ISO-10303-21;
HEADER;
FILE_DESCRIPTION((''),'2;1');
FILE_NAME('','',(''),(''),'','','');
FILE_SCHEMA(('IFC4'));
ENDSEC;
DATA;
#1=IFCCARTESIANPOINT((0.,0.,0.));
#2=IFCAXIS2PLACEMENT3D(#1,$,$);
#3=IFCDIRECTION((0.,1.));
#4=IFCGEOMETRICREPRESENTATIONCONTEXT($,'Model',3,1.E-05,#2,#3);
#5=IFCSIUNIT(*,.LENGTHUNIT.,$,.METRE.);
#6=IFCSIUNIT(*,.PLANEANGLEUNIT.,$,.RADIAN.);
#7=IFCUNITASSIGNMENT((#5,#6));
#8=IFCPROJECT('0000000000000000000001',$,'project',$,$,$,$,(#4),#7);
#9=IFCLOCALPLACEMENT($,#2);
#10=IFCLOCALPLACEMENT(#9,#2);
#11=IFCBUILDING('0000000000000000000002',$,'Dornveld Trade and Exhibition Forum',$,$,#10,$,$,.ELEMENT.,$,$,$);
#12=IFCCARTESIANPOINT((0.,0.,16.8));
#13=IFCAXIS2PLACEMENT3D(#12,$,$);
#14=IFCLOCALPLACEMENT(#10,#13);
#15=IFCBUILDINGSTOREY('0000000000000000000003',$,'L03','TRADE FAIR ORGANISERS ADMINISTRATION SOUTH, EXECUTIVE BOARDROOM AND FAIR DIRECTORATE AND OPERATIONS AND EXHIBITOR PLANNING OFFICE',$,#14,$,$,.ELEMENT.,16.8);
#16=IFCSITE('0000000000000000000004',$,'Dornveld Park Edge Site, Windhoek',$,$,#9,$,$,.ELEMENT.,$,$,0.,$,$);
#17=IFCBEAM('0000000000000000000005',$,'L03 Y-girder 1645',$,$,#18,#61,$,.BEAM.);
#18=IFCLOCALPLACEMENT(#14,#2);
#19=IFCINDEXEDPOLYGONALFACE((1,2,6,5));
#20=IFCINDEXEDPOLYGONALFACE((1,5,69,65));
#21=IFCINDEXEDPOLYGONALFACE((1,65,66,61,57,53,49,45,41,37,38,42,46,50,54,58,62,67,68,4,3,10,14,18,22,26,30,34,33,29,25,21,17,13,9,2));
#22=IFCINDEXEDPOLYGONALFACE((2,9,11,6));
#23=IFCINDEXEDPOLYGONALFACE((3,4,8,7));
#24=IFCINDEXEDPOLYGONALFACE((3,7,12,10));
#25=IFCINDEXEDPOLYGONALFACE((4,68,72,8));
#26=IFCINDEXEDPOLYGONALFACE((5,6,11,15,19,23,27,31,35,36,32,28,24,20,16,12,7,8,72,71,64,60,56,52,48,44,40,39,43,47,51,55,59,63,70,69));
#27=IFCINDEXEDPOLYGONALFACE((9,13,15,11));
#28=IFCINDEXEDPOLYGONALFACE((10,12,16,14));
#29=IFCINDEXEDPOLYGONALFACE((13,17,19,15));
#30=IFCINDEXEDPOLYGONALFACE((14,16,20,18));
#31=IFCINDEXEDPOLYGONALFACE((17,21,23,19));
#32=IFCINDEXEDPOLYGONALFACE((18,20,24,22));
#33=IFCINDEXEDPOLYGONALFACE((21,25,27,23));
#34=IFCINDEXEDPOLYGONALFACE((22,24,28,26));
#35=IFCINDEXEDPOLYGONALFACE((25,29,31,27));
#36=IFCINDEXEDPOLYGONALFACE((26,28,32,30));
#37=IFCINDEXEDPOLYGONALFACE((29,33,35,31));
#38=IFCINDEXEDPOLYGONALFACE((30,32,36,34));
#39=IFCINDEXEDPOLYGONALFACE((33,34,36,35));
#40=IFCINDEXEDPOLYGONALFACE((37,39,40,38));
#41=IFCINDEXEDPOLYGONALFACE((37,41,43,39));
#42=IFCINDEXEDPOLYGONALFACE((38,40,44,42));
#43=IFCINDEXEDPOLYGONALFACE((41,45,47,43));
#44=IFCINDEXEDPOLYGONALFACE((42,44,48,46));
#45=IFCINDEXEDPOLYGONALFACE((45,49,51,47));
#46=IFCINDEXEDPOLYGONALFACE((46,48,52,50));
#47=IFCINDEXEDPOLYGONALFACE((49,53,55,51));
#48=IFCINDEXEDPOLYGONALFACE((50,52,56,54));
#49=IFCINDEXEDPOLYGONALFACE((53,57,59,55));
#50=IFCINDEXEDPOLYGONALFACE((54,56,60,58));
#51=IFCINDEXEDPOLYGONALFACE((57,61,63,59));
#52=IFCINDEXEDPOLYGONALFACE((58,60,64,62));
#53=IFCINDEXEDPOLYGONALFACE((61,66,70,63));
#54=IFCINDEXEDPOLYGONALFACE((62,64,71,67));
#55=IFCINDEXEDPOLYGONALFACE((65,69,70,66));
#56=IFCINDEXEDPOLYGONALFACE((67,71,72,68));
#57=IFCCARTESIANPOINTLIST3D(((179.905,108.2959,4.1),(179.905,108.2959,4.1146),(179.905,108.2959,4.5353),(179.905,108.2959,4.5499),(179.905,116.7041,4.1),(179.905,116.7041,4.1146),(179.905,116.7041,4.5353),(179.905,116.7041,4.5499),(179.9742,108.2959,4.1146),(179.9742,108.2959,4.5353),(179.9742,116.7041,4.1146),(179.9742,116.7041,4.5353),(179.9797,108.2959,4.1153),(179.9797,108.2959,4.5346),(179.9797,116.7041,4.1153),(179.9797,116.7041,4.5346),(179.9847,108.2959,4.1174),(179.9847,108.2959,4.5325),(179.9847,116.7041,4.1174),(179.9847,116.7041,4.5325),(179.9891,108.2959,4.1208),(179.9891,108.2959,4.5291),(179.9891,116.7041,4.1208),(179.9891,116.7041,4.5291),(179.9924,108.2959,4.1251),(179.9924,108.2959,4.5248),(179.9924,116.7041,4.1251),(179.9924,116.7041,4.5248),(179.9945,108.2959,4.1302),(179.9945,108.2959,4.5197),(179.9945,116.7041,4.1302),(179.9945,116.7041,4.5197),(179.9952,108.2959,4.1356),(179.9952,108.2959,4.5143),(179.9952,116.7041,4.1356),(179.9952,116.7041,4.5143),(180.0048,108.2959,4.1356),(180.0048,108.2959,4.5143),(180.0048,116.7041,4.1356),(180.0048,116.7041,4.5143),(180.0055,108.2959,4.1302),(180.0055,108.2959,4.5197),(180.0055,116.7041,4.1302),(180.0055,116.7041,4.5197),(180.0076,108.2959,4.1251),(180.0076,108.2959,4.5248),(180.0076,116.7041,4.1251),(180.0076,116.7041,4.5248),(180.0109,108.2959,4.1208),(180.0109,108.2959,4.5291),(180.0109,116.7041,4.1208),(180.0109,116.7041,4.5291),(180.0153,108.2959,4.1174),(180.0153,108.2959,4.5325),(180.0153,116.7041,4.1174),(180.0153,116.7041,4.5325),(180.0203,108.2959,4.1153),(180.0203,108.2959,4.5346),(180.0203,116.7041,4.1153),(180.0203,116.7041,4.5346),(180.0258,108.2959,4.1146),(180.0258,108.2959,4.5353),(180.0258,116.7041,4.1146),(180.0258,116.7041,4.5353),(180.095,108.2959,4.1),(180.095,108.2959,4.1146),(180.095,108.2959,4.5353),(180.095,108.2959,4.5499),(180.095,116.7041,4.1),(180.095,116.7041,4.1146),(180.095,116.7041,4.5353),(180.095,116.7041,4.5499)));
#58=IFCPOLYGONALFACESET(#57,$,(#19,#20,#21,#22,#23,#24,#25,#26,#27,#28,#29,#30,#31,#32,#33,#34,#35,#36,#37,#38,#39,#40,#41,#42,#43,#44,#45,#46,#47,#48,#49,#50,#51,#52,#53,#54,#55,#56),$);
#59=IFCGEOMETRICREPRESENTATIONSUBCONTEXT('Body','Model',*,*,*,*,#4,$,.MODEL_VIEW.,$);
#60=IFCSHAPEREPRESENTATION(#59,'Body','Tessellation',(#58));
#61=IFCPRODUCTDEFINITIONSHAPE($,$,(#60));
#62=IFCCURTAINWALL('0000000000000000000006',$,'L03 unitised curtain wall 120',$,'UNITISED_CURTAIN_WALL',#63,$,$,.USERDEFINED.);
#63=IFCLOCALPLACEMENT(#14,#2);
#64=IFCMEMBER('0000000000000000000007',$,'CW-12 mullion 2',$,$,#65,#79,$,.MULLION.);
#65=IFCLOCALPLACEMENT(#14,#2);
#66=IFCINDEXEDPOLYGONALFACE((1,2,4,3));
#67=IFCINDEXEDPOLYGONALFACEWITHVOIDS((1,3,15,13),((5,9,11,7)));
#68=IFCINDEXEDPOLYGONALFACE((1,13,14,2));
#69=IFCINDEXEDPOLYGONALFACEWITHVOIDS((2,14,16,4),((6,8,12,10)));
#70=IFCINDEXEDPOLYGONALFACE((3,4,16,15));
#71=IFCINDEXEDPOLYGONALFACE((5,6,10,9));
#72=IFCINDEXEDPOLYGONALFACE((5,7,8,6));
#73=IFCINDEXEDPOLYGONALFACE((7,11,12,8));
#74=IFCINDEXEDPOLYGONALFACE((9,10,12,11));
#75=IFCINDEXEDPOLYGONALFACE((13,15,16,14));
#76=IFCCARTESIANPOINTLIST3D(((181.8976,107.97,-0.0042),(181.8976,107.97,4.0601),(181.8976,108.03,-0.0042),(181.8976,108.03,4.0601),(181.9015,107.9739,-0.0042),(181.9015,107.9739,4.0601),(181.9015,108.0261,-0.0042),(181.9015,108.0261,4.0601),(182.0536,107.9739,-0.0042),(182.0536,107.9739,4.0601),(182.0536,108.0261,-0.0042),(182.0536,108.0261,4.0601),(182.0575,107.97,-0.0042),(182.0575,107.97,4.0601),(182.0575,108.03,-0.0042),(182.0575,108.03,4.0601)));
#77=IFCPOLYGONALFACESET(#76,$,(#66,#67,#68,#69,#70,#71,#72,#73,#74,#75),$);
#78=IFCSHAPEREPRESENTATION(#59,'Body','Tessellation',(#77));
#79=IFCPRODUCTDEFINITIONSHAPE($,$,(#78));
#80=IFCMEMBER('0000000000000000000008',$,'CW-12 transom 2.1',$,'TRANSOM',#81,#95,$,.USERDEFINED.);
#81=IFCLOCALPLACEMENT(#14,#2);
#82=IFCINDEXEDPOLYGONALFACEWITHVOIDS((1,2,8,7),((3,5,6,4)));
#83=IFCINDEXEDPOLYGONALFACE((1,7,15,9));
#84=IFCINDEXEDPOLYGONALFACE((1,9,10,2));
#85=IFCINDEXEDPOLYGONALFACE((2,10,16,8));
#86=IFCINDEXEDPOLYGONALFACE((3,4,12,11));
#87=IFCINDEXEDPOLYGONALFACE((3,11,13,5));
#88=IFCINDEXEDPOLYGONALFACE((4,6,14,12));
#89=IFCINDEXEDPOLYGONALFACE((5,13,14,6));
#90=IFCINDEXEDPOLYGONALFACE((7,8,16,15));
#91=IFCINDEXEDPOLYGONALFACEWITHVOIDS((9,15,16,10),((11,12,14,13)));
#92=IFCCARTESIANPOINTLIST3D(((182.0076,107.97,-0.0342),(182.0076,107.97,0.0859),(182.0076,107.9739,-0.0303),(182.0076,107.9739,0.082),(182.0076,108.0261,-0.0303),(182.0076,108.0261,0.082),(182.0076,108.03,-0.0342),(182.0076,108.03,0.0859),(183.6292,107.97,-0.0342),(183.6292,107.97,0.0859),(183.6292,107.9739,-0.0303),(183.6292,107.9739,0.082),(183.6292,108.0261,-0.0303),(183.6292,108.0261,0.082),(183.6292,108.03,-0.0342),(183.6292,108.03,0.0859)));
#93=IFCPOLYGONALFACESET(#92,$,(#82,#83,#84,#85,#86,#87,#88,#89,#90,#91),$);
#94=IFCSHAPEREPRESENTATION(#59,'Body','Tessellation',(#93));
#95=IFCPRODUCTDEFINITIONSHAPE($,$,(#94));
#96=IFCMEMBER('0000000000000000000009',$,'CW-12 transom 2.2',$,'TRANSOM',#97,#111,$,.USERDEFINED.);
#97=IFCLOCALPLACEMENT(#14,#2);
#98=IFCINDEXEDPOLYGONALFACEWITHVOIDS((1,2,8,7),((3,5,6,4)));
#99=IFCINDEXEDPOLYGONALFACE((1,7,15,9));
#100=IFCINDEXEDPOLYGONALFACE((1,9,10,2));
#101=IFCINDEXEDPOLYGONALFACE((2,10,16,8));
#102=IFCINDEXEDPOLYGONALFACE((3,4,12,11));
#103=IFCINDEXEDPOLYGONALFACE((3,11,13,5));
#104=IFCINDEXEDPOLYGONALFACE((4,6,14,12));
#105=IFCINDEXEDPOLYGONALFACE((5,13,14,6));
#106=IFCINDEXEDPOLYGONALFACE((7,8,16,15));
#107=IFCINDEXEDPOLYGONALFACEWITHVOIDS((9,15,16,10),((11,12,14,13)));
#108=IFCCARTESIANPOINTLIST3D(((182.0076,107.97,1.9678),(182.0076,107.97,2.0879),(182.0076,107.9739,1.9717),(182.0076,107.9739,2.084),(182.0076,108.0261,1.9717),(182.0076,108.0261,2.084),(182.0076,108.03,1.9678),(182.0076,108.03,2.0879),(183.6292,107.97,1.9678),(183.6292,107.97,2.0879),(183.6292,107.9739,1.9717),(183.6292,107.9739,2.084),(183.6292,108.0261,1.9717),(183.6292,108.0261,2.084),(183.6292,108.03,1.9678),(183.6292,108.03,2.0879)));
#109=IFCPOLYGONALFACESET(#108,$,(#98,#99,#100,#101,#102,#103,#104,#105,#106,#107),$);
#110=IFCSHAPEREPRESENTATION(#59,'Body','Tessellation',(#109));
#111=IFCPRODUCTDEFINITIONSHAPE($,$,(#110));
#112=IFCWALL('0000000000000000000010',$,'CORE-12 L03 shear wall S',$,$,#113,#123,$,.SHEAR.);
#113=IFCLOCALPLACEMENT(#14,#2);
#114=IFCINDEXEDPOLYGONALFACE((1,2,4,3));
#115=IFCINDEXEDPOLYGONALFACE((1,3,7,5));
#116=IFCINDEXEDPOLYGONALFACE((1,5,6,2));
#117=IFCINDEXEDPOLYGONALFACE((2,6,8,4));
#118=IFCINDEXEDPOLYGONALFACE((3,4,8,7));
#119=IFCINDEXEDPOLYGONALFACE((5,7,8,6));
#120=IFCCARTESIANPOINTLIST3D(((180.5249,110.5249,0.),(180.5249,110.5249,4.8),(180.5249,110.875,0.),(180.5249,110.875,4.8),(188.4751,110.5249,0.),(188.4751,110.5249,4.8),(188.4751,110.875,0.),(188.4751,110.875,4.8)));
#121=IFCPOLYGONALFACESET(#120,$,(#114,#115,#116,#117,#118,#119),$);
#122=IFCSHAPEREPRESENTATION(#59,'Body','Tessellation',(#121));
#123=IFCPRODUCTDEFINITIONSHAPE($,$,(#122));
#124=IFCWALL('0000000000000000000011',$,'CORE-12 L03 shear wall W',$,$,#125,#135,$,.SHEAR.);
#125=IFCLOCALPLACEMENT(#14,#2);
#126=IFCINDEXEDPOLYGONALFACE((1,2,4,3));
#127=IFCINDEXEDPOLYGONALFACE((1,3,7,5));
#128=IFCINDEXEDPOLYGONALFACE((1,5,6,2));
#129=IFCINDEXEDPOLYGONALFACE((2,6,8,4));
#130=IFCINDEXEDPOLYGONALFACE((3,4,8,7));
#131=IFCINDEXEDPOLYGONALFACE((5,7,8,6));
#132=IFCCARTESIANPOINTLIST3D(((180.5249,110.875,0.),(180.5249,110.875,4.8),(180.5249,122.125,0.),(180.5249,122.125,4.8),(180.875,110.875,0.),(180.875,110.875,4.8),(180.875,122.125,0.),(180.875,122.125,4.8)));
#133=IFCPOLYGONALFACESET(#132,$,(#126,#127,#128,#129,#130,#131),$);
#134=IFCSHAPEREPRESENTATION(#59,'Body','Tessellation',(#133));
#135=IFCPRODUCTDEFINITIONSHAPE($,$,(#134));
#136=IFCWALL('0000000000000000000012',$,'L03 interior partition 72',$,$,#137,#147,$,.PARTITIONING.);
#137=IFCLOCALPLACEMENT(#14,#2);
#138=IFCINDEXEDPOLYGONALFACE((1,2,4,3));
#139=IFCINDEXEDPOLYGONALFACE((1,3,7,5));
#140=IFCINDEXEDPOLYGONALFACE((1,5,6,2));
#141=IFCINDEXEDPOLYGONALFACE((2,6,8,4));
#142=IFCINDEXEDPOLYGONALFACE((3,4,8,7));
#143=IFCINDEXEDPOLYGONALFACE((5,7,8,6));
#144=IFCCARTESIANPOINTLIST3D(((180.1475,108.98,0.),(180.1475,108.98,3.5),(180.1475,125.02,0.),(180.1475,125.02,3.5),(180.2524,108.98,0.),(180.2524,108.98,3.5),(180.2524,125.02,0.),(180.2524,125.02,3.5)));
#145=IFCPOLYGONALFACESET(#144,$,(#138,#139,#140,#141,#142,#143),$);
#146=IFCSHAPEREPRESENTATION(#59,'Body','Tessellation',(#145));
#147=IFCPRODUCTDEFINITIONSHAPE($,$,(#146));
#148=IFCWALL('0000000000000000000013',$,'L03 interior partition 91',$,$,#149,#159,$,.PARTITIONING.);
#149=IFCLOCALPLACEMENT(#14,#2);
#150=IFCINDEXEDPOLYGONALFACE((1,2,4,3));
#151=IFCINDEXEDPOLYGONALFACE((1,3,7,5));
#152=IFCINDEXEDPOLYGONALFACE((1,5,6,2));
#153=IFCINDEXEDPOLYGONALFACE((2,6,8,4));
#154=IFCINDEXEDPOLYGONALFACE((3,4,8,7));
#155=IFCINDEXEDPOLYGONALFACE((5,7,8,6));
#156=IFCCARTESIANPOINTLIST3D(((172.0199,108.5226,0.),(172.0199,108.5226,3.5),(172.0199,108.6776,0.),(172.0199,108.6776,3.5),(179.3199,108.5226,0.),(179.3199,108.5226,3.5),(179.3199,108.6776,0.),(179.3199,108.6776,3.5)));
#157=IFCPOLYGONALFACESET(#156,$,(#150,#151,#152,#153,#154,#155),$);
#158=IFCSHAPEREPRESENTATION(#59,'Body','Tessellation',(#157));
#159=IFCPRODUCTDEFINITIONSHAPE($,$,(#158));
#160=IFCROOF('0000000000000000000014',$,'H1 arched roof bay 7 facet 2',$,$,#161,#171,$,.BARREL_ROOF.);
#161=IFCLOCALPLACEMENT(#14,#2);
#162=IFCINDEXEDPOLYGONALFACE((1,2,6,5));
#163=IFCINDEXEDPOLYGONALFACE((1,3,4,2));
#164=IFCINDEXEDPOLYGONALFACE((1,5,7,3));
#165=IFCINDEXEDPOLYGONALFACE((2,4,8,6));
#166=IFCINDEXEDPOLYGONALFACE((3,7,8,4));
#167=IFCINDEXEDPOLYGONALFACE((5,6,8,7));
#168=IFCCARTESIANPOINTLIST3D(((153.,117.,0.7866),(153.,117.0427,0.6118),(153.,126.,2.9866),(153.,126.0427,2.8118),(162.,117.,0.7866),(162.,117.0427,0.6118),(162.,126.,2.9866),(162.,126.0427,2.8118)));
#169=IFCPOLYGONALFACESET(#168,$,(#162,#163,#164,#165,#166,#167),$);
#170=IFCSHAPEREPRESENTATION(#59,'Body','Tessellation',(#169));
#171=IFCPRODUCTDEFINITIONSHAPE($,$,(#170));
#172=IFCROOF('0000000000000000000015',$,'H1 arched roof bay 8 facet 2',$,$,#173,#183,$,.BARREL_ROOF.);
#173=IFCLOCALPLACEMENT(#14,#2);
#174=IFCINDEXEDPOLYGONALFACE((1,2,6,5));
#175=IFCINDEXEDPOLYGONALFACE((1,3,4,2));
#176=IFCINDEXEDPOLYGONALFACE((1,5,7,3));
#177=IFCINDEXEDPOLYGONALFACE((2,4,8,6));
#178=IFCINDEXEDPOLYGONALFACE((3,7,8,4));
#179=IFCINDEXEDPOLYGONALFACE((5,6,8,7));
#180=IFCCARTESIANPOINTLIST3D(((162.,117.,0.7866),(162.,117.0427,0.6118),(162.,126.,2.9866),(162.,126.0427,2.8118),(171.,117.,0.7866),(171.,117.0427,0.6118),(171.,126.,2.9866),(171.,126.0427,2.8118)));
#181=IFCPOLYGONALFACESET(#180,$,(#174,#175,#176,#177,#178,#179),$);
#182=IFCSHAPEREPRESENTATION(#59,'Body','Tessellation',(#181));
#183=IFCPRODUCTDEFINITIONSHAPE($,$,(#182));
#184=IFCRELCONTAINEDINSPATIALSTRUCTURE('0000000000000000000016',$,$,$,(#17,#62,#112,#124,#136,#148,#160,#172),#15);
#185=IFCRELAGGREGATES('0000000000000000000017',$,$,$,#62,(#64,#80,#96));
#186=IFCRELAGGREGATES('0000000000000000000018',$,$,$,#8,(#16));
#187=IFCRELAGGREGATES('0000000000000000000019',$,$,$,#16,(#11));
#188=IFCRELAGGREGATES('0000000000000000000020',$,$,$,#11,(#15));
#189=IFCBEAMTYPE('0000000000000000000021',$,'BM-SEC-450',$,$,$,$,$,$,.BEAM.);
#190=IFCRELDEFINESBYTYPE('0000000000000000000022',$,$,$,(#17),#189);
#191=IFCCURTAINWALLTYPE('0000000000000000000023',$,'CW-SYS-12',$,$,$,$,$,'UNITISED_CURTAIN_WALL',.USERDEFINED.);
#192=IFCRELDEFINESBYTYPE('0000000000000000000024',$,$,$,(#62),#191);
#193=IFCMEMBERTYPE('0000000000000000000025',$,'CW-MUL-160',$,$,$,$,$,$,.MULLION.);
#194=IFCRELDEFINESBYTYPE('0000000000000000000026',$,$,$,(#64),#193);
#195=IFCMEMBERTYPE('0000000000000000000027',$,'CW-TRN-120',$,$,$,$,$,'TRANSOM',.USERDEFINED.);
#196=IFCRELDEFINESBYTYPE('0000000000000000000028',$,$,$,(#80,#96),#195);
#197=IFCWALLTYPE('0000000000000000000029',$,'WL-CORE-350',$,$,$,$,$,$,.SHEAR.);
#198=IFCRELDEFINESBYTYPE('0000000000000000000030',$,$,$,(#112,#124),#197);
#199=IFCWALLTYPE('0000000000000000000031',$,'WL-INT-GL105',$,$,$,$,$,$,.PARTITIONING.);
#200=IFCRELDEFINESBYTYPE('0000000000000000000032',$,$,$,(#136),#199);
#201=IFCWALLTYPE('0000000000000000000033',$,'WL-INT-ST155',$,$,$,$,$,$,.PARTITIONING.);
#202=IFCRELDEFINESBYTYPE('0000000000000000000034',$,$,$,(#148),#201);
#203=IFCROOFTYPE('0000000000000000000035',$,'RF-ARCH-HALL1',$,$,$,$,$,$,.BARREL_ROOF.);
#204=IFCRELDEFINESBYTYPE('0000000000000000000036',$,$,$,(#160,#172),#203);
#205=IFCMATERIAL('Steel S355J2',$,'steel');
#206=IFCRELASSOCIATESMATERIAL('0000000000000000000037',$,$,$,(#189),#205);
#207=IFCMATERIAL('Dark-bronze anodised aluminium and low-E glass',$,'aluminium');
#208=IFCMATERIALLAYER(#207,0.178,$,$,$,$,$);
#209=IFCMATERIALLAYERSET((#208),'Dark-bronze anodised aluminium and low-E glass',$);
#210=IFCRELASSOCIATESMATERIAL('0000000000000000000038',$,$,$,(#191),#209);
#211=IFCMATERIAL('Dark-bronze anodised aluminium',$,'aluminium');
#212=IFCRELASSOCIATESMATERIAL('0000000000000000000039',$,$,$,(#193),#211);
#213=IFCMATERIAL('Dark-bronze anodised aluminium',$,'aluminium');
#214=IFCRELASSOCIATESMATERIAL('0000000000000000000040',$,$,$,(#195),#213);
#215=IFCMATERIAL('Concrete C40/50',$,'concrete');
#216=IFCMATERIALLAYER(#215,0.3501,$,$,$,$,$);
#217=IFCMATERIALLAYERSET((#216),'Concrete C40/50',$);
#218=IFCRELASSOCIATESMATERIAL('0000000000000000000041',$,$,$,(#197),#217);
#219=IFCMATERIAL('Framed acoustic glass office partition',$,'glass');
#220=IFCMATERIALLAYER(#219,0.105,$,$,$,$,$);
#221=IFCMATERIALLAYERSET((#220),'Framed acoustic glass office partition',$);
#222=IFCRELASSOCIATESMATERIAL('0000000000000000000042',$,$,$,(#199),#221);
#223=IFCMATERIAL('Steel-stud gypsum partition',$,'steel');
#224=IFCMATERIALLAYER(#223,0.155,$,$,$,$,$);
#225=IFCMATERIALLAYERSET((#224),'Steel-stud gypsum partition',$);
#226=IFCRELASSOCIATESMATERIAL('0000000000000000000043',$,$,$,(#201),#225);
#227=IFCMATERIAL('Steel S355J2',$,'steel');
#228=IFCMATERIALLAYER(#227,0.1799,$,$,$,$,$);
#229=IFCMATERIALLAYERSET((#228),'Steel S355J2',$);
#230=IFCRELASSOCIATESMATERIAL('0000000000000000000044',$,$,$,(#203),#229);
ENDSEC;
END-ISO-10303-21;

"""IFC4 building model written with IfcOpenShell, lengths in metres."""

from ifc_helpers import new_model, si_unit, direction, frame, frame_2d, origin, origin_2d, place, context, subcontext, project, spatial, polyline, rectangle, hollow_rectangle, i_section, outline, extrude, material, layer, layer_set, material_profile, profile_set, type_object, element, aggregate, save


model = new_model("IFC4")

# Units and contexts
model_context = context("Model", 3, precision=1e-05, world=origin(), true_north=direction((0.0, 1.0)))
body_context = subcontext(model_context, "Body", "Model", "MODEL_VIEW")
ifc_project = project(units=[si_unit("LENGTHUNIT", "METRE"), si_unit("PLANEANGLEUNIT", "RADIAN")], contexts=[model_context])

# Site, building, storey
site_placement = place(None, origin())
site = spatial("IfcSite", under=ifc_project, at=site_placement, Name="Dornveld Park Edge Site, Windhoek", CompositionType="ELEMENT", RefElevation=0.0)
building_placement = place(site_placement, origin())
building = spatial("IfcBuilding", under=site, at=building_placement, Name="Dornveld Trade and Exhibition Forum", CompositionType="ELEMENT")
storey_placement = place(building_placement, frame((0.0, 0.0, 16.8)))
storey = spatial("IfcBuildingStorey", under=building, at=storey_placement, Name="L03", Description="TRADE FAIR ORGANISERS ADMINISTRATION SOUTH, EXECUTIVE BOARDROOM AND FAIR DIRECTORATE AND OPERATIONS AND EXHIBITOR PLANNING OFFICE", CompositionType="ELEMENT", Elevation=16.8)

# Beam
ifc_material_1 = material(Name="Steel S355J2", Category="steel")
ifc_material_profile_1 = material_profile(ifc_material_1, i_section(OverallWidth=0.1899, OverallDepth=0.45, WebThickness=0.0095, FlangeThickness=0.0146, FilletRadius=0.021, at=origin_2d()), Name="IPE 450")
ifc_profile_set_1 = profile_set([ifc_material_profile_1], Name="Steel S355J2")
beam_type = type_object("IfcBeamType", Name="BM-SEC-450", PredefinedType="BEAM", material=ifc_profile_set_1)
for number, where, z_axis, x_axis, name in (
    (1, (180.0, 108.2959, 4.325), (0.0, 1.0, 0.0), (-1.0, 0.0, 0.0), "L03 Y-girder 1645"),
):
    element("IfcBeam", number, at=place(storey_placement, frame(where, z_axis=z_axis, x_axis=x_axis)), inside=storey, type_object=beam_type, Name=name, PredefinedType="BEAM", context=body_context, shape_type="SweptSolid", body=[
        extrude(i_section(OverallWidth=0.1899, OverallDepth=0.45, WebThickness=0.0095, FlangeThickness=0.0146, FilletRadius=0.021, at=origin_2d()), origin(), (0.0, 0.0, 1.0), 8.4082),
    ])

# Curtain wall, members
ifc_material_2 = material(Name="Dark-bronze anodised aluminium and low-E glass", Category="aluminium")
ifc_layer_1 = layer(ifc_material_2, 0.178)
ifc_layer_set_1 = layer_set([ifc_layer_1], Name="Dark-bronze anodised aluminium and low-E glass")
curtain_wall_type = type_object("IfcCurtainWallType", Name="CW-SYS-12", ElementType="UNITISED_CURTAIN_WALL", PredefinedType="USERDEFINED", material=ifc_layer_set_1)
curtain_wall_placement = place(storey_placement, origin())
curtain_wall = element("IfcCurtainWall", 2, at=curtain_wall_placement, inside=storey, type_object=curtain_wall_type, Name="L03 unitised curtain wall 120", ObjectType="UNITISED_CURTAIN_WALL", PredefinedType="USERDEFINED")
ifc_material_3 = material(Name="Dark-bronze anodised aluminium", Category="aluminium")
ifc_material_profile_2 = material_profile(ifc_material_3, hollow_rectangle(XDim=0.0601, YDim=0.1599, WallThickness=0.0039, at=origin_2d()), Name="RHS 160x60x4")
ifc_profile_set_2 = profile_set([ifc_material_profile_2], Name="Dark-bronze anodised aluminium")
member_type_1 = type_object("IfcMemberType", Name="CW-MUL-160", PredefinedType="MULLION", material=ifc_profile_set_2)
member_1_placement = place(storey_placement, frame((181.9775, 108.0, -0.0042), z_axis=(0.0, 0.0, 1.0), x_axis=(0.0, 1.0, 0.0)))
member_1 = element("IfcMember", 3, at=member_1_placement, type_object=member_type_1, Name="CW-12 mullion 2", PredefinedType="MULLION", context=body_context, shape_type="SweptSolid", body=[
    extrude(hollow_rectangle(XDim=0.0601, YDim=0.1599, WallThickness=0.0039, at=origin_2d()), origin(), (0.0, 0.0, 1.0), 4.0642),
])
ifc_material_4 = material(Name="Dark-bronze anodised aluminium", Category="aluminium")
ifc_material_profile_3 = material_profile(ifc_material_4, hollow_rectangle(XDim=0.0601, YDim=0.1201, WallThickness=0.0039, at=origin_2d()), Name="RHS 120x60x4")
ifc_profile_set_3 = profile_set([ifc_material_profile_3], Name="Dark-bronze anodised aluminium")
member_type_2 = type_object("IfcMemberType", Name="CW-TRN-120", ElementType="TRANSOM", PredefinedType="USERDEFINED", material=ifc_profile_set_3)
member_2_placement = place(storey_placement, frame((182.0076, 108.0, 0.0259), z_axis=(1.0, 0.0, 0.0), x_axis=(0.0, 1.0, 0.0)))
member_2 = element("IfcMember", 4, at=member_2_placement, type_object=member_type_2, Name="CW-12 transom 2.1", ObjectType="TRANSOM", PredefinedType="USERDEFINED", context=body_context, shape_type="SweptSolid", body=[
    extrude(hollow_rectangle(XDim=0.0601, YDim=0.1201, WallThickness=0.0039, at=origin_2d()), origin(), (0.0, 0.0, 1.0), 1.6216),
])
member_3_placement = place(storey_placement, frame((182.0076, 108.0, 2.0278), z_axis=(1.0, 0.0, 0.0), x_axis=(0.0, 1.0, 0.0)))
member_3 = element("IfcMember", 5, at=member_3_placement, type_object=member_type_2, Name="CW-12 transom 2.2", ObjectType="TRANSOM", PredefinedType="USERDEFINED", context=body_context, shape_type="SweptSolid", body=[
    extrude(hollow_rectangle(XDim=0.0601, YDim=0.1201, WallThickness=0.0039, at=origin_2d()), origin(), (0.0, 0.0, 1.0), 1.6216),
])
aggregate(curtain_wall, [member_1, member_2, member_3])

# Walls
ifc_material_5 = material(Name="Concrete C40/50", Category="concrete")
ifc_layer_2 = layer(ifc_material_5, 0.3501)
ifc_layer_set_2 = layer_set([ifc_layer_2], Name="Concrete C40/50")
wall_type_1 = type_object("IfcWallType", Name="WL-CORE-350", PredefinedType="SHEAR", material=ifc_layer_set_2)
wall_1_placement = place(storey_placement, frame((180.5249, 110.7, 0.0), z_axis=(0.0, 0.0, 1.0), x_axis=(1.0, 0.0, 0.0)))
element("IfcWall", 6, at=wall_1_placement, inside=storey, type_object=wall_type_1, Name="CORE-12 L03 shear wall S", PredefinedType="SHEAR", context=body_context, shape_type="SweptSolid", body=[
    extrude(rectangle(XDim=7.9502, YDim=0.3501, at=frame_2d((3.9751, 0.0))), origin(), (0.0, 0.0, 1.0), 4.8),
])
wall_2_placement = place(storey_placement, frame((180.7, 110.875, 0.0), z_axis=(0.0, 0.0, 1.0), x_axis=(0.0, 1.0, 0.0)))
element("IfcWall", 7, at=wall_2_placement, inside=storey, type_object=wall_type_1, Name="CORE-12 L03 shear wall W", PredefinedType="SHEAR", context=body_context, shape_type="SweptSolid", body=[
    extrude(rectangle(XDim=11.25, YDim=0.3501, at=frame_2d((5.625, 0.0))), origin(), (0.0, 0.0, 1.0), 4.8),
])
ifc_material_6 = material(Name="Framed acoustic glass office partition", Category="glass")
ifc_layer_3 = layer(ifc_material_6, 0.105)
ifc_layer_set_3 = layer_set([ifc_layer_3], Name="Framed acoustic glass office partition")
wall_type_2 = type_object("IfcWallType", Name="WL-INT-GL105", PredefinedType="PARTITIONING", material=ifc_layer_set_3)
wall_3_placement = place(storey_placement, frame((180.2, 108.98, 0.0), z_axis=(0.0, 0.0, 1.0), x_axis=(0.0, 1.0, 0.0)))
element("IfcWall", 8, at=wall_3_placement, inside=storey, type_object=wall_type_2, Name="L03 interior partition 72", PredefinedType="PARTITIONING", context=body_context, shape_type="SweptSolid", body=[
    extrude(rectangle(XDim=16.04, YDim=0.105, at=frame_2d((8.02, 0.0))), origin(), (0.0, 0.0, 1.0), 3.5),
])
ifc_material_7 = material(Name="Steel-stud gypsum partition", Category="steel")
ifc_layer_4 = layer(ifc_material_7, 0.155)
ifc_layer_set_4 = layer_set([ifc_layer_4], Name="Steel-stud gypsum partition")
wall_type_3 = type_object("IfcWallType", Name="WL-INT-ST155", PredefinedType="PARTITIONING", material=ifc_layer_set_4)
wall_4_placement = place(storey_placement, frame((172.02, 108.6001, 0.0), z_axis=(0.0, 0.0, 1.0), x_axis=(1.0, 0.0, 0.0)))
element("IfcWall", 9, at=wall_4_placement, inside=storey, type_object=wall_type_3, Name="L03 interior partition 91", PredefinedType="PARTITIONING", context=body_context, shape_type="SweptSolid", body=[
    extrude(rectangle(XDim=7.3, YDim=0.155, at=frame_2d((3.6499, 0.0))), origin(), (0.0, 0.0, 1.0), 3.5),
])

# Roofs
ifc_material_8 = material(Name="Steel S355J2", Category="steel")
ifc_layer_5 = layer(ifc_material_8, 0.1799)
ifc_layer_set_5 = layer_set([ifc_layer_5], Name="Steel S355J2")
roof_type = type_object("IfcRoofType", Name="RF-ARCH-HALL1", PredefinedType="BARREL_ROOF", material=ifc_layer_set_5)
for number, where, z_axis, x_axis, name in (
    (10, (153.0, 117.0, 0.7866), (0.0, -0.237448, 0.9714), (1.0, 0.0, 0.0), "H1 arched roof bay 7 facet 2"),
    (11, (162.0, 117.0, 0.7866), (0.0, -0.237448, 0.9714), (1.0, 0.0, 0.0), "H1 arched roof bay 8 facet 2"),
):
    element("IfcRoof", number, at=place(storey_placement, frame(where, z_axis=z_axis, x_axis=x_axis)), inside=storey, type_object=roof_type, Name=name, PredefinedType="BARREL_ROOF", context=body_context, shape_type="SweptSolid", body=[
        extrude(outline(polyline([(0.0, 0.0), (9.0, 0.0), (9.0, 9.265), (0.0, 9.265), (0.0, 0.0)])), origin(), (0.0, 0.0, -1.0), 0.1799),
    ])

save(model, "model.ifc")
